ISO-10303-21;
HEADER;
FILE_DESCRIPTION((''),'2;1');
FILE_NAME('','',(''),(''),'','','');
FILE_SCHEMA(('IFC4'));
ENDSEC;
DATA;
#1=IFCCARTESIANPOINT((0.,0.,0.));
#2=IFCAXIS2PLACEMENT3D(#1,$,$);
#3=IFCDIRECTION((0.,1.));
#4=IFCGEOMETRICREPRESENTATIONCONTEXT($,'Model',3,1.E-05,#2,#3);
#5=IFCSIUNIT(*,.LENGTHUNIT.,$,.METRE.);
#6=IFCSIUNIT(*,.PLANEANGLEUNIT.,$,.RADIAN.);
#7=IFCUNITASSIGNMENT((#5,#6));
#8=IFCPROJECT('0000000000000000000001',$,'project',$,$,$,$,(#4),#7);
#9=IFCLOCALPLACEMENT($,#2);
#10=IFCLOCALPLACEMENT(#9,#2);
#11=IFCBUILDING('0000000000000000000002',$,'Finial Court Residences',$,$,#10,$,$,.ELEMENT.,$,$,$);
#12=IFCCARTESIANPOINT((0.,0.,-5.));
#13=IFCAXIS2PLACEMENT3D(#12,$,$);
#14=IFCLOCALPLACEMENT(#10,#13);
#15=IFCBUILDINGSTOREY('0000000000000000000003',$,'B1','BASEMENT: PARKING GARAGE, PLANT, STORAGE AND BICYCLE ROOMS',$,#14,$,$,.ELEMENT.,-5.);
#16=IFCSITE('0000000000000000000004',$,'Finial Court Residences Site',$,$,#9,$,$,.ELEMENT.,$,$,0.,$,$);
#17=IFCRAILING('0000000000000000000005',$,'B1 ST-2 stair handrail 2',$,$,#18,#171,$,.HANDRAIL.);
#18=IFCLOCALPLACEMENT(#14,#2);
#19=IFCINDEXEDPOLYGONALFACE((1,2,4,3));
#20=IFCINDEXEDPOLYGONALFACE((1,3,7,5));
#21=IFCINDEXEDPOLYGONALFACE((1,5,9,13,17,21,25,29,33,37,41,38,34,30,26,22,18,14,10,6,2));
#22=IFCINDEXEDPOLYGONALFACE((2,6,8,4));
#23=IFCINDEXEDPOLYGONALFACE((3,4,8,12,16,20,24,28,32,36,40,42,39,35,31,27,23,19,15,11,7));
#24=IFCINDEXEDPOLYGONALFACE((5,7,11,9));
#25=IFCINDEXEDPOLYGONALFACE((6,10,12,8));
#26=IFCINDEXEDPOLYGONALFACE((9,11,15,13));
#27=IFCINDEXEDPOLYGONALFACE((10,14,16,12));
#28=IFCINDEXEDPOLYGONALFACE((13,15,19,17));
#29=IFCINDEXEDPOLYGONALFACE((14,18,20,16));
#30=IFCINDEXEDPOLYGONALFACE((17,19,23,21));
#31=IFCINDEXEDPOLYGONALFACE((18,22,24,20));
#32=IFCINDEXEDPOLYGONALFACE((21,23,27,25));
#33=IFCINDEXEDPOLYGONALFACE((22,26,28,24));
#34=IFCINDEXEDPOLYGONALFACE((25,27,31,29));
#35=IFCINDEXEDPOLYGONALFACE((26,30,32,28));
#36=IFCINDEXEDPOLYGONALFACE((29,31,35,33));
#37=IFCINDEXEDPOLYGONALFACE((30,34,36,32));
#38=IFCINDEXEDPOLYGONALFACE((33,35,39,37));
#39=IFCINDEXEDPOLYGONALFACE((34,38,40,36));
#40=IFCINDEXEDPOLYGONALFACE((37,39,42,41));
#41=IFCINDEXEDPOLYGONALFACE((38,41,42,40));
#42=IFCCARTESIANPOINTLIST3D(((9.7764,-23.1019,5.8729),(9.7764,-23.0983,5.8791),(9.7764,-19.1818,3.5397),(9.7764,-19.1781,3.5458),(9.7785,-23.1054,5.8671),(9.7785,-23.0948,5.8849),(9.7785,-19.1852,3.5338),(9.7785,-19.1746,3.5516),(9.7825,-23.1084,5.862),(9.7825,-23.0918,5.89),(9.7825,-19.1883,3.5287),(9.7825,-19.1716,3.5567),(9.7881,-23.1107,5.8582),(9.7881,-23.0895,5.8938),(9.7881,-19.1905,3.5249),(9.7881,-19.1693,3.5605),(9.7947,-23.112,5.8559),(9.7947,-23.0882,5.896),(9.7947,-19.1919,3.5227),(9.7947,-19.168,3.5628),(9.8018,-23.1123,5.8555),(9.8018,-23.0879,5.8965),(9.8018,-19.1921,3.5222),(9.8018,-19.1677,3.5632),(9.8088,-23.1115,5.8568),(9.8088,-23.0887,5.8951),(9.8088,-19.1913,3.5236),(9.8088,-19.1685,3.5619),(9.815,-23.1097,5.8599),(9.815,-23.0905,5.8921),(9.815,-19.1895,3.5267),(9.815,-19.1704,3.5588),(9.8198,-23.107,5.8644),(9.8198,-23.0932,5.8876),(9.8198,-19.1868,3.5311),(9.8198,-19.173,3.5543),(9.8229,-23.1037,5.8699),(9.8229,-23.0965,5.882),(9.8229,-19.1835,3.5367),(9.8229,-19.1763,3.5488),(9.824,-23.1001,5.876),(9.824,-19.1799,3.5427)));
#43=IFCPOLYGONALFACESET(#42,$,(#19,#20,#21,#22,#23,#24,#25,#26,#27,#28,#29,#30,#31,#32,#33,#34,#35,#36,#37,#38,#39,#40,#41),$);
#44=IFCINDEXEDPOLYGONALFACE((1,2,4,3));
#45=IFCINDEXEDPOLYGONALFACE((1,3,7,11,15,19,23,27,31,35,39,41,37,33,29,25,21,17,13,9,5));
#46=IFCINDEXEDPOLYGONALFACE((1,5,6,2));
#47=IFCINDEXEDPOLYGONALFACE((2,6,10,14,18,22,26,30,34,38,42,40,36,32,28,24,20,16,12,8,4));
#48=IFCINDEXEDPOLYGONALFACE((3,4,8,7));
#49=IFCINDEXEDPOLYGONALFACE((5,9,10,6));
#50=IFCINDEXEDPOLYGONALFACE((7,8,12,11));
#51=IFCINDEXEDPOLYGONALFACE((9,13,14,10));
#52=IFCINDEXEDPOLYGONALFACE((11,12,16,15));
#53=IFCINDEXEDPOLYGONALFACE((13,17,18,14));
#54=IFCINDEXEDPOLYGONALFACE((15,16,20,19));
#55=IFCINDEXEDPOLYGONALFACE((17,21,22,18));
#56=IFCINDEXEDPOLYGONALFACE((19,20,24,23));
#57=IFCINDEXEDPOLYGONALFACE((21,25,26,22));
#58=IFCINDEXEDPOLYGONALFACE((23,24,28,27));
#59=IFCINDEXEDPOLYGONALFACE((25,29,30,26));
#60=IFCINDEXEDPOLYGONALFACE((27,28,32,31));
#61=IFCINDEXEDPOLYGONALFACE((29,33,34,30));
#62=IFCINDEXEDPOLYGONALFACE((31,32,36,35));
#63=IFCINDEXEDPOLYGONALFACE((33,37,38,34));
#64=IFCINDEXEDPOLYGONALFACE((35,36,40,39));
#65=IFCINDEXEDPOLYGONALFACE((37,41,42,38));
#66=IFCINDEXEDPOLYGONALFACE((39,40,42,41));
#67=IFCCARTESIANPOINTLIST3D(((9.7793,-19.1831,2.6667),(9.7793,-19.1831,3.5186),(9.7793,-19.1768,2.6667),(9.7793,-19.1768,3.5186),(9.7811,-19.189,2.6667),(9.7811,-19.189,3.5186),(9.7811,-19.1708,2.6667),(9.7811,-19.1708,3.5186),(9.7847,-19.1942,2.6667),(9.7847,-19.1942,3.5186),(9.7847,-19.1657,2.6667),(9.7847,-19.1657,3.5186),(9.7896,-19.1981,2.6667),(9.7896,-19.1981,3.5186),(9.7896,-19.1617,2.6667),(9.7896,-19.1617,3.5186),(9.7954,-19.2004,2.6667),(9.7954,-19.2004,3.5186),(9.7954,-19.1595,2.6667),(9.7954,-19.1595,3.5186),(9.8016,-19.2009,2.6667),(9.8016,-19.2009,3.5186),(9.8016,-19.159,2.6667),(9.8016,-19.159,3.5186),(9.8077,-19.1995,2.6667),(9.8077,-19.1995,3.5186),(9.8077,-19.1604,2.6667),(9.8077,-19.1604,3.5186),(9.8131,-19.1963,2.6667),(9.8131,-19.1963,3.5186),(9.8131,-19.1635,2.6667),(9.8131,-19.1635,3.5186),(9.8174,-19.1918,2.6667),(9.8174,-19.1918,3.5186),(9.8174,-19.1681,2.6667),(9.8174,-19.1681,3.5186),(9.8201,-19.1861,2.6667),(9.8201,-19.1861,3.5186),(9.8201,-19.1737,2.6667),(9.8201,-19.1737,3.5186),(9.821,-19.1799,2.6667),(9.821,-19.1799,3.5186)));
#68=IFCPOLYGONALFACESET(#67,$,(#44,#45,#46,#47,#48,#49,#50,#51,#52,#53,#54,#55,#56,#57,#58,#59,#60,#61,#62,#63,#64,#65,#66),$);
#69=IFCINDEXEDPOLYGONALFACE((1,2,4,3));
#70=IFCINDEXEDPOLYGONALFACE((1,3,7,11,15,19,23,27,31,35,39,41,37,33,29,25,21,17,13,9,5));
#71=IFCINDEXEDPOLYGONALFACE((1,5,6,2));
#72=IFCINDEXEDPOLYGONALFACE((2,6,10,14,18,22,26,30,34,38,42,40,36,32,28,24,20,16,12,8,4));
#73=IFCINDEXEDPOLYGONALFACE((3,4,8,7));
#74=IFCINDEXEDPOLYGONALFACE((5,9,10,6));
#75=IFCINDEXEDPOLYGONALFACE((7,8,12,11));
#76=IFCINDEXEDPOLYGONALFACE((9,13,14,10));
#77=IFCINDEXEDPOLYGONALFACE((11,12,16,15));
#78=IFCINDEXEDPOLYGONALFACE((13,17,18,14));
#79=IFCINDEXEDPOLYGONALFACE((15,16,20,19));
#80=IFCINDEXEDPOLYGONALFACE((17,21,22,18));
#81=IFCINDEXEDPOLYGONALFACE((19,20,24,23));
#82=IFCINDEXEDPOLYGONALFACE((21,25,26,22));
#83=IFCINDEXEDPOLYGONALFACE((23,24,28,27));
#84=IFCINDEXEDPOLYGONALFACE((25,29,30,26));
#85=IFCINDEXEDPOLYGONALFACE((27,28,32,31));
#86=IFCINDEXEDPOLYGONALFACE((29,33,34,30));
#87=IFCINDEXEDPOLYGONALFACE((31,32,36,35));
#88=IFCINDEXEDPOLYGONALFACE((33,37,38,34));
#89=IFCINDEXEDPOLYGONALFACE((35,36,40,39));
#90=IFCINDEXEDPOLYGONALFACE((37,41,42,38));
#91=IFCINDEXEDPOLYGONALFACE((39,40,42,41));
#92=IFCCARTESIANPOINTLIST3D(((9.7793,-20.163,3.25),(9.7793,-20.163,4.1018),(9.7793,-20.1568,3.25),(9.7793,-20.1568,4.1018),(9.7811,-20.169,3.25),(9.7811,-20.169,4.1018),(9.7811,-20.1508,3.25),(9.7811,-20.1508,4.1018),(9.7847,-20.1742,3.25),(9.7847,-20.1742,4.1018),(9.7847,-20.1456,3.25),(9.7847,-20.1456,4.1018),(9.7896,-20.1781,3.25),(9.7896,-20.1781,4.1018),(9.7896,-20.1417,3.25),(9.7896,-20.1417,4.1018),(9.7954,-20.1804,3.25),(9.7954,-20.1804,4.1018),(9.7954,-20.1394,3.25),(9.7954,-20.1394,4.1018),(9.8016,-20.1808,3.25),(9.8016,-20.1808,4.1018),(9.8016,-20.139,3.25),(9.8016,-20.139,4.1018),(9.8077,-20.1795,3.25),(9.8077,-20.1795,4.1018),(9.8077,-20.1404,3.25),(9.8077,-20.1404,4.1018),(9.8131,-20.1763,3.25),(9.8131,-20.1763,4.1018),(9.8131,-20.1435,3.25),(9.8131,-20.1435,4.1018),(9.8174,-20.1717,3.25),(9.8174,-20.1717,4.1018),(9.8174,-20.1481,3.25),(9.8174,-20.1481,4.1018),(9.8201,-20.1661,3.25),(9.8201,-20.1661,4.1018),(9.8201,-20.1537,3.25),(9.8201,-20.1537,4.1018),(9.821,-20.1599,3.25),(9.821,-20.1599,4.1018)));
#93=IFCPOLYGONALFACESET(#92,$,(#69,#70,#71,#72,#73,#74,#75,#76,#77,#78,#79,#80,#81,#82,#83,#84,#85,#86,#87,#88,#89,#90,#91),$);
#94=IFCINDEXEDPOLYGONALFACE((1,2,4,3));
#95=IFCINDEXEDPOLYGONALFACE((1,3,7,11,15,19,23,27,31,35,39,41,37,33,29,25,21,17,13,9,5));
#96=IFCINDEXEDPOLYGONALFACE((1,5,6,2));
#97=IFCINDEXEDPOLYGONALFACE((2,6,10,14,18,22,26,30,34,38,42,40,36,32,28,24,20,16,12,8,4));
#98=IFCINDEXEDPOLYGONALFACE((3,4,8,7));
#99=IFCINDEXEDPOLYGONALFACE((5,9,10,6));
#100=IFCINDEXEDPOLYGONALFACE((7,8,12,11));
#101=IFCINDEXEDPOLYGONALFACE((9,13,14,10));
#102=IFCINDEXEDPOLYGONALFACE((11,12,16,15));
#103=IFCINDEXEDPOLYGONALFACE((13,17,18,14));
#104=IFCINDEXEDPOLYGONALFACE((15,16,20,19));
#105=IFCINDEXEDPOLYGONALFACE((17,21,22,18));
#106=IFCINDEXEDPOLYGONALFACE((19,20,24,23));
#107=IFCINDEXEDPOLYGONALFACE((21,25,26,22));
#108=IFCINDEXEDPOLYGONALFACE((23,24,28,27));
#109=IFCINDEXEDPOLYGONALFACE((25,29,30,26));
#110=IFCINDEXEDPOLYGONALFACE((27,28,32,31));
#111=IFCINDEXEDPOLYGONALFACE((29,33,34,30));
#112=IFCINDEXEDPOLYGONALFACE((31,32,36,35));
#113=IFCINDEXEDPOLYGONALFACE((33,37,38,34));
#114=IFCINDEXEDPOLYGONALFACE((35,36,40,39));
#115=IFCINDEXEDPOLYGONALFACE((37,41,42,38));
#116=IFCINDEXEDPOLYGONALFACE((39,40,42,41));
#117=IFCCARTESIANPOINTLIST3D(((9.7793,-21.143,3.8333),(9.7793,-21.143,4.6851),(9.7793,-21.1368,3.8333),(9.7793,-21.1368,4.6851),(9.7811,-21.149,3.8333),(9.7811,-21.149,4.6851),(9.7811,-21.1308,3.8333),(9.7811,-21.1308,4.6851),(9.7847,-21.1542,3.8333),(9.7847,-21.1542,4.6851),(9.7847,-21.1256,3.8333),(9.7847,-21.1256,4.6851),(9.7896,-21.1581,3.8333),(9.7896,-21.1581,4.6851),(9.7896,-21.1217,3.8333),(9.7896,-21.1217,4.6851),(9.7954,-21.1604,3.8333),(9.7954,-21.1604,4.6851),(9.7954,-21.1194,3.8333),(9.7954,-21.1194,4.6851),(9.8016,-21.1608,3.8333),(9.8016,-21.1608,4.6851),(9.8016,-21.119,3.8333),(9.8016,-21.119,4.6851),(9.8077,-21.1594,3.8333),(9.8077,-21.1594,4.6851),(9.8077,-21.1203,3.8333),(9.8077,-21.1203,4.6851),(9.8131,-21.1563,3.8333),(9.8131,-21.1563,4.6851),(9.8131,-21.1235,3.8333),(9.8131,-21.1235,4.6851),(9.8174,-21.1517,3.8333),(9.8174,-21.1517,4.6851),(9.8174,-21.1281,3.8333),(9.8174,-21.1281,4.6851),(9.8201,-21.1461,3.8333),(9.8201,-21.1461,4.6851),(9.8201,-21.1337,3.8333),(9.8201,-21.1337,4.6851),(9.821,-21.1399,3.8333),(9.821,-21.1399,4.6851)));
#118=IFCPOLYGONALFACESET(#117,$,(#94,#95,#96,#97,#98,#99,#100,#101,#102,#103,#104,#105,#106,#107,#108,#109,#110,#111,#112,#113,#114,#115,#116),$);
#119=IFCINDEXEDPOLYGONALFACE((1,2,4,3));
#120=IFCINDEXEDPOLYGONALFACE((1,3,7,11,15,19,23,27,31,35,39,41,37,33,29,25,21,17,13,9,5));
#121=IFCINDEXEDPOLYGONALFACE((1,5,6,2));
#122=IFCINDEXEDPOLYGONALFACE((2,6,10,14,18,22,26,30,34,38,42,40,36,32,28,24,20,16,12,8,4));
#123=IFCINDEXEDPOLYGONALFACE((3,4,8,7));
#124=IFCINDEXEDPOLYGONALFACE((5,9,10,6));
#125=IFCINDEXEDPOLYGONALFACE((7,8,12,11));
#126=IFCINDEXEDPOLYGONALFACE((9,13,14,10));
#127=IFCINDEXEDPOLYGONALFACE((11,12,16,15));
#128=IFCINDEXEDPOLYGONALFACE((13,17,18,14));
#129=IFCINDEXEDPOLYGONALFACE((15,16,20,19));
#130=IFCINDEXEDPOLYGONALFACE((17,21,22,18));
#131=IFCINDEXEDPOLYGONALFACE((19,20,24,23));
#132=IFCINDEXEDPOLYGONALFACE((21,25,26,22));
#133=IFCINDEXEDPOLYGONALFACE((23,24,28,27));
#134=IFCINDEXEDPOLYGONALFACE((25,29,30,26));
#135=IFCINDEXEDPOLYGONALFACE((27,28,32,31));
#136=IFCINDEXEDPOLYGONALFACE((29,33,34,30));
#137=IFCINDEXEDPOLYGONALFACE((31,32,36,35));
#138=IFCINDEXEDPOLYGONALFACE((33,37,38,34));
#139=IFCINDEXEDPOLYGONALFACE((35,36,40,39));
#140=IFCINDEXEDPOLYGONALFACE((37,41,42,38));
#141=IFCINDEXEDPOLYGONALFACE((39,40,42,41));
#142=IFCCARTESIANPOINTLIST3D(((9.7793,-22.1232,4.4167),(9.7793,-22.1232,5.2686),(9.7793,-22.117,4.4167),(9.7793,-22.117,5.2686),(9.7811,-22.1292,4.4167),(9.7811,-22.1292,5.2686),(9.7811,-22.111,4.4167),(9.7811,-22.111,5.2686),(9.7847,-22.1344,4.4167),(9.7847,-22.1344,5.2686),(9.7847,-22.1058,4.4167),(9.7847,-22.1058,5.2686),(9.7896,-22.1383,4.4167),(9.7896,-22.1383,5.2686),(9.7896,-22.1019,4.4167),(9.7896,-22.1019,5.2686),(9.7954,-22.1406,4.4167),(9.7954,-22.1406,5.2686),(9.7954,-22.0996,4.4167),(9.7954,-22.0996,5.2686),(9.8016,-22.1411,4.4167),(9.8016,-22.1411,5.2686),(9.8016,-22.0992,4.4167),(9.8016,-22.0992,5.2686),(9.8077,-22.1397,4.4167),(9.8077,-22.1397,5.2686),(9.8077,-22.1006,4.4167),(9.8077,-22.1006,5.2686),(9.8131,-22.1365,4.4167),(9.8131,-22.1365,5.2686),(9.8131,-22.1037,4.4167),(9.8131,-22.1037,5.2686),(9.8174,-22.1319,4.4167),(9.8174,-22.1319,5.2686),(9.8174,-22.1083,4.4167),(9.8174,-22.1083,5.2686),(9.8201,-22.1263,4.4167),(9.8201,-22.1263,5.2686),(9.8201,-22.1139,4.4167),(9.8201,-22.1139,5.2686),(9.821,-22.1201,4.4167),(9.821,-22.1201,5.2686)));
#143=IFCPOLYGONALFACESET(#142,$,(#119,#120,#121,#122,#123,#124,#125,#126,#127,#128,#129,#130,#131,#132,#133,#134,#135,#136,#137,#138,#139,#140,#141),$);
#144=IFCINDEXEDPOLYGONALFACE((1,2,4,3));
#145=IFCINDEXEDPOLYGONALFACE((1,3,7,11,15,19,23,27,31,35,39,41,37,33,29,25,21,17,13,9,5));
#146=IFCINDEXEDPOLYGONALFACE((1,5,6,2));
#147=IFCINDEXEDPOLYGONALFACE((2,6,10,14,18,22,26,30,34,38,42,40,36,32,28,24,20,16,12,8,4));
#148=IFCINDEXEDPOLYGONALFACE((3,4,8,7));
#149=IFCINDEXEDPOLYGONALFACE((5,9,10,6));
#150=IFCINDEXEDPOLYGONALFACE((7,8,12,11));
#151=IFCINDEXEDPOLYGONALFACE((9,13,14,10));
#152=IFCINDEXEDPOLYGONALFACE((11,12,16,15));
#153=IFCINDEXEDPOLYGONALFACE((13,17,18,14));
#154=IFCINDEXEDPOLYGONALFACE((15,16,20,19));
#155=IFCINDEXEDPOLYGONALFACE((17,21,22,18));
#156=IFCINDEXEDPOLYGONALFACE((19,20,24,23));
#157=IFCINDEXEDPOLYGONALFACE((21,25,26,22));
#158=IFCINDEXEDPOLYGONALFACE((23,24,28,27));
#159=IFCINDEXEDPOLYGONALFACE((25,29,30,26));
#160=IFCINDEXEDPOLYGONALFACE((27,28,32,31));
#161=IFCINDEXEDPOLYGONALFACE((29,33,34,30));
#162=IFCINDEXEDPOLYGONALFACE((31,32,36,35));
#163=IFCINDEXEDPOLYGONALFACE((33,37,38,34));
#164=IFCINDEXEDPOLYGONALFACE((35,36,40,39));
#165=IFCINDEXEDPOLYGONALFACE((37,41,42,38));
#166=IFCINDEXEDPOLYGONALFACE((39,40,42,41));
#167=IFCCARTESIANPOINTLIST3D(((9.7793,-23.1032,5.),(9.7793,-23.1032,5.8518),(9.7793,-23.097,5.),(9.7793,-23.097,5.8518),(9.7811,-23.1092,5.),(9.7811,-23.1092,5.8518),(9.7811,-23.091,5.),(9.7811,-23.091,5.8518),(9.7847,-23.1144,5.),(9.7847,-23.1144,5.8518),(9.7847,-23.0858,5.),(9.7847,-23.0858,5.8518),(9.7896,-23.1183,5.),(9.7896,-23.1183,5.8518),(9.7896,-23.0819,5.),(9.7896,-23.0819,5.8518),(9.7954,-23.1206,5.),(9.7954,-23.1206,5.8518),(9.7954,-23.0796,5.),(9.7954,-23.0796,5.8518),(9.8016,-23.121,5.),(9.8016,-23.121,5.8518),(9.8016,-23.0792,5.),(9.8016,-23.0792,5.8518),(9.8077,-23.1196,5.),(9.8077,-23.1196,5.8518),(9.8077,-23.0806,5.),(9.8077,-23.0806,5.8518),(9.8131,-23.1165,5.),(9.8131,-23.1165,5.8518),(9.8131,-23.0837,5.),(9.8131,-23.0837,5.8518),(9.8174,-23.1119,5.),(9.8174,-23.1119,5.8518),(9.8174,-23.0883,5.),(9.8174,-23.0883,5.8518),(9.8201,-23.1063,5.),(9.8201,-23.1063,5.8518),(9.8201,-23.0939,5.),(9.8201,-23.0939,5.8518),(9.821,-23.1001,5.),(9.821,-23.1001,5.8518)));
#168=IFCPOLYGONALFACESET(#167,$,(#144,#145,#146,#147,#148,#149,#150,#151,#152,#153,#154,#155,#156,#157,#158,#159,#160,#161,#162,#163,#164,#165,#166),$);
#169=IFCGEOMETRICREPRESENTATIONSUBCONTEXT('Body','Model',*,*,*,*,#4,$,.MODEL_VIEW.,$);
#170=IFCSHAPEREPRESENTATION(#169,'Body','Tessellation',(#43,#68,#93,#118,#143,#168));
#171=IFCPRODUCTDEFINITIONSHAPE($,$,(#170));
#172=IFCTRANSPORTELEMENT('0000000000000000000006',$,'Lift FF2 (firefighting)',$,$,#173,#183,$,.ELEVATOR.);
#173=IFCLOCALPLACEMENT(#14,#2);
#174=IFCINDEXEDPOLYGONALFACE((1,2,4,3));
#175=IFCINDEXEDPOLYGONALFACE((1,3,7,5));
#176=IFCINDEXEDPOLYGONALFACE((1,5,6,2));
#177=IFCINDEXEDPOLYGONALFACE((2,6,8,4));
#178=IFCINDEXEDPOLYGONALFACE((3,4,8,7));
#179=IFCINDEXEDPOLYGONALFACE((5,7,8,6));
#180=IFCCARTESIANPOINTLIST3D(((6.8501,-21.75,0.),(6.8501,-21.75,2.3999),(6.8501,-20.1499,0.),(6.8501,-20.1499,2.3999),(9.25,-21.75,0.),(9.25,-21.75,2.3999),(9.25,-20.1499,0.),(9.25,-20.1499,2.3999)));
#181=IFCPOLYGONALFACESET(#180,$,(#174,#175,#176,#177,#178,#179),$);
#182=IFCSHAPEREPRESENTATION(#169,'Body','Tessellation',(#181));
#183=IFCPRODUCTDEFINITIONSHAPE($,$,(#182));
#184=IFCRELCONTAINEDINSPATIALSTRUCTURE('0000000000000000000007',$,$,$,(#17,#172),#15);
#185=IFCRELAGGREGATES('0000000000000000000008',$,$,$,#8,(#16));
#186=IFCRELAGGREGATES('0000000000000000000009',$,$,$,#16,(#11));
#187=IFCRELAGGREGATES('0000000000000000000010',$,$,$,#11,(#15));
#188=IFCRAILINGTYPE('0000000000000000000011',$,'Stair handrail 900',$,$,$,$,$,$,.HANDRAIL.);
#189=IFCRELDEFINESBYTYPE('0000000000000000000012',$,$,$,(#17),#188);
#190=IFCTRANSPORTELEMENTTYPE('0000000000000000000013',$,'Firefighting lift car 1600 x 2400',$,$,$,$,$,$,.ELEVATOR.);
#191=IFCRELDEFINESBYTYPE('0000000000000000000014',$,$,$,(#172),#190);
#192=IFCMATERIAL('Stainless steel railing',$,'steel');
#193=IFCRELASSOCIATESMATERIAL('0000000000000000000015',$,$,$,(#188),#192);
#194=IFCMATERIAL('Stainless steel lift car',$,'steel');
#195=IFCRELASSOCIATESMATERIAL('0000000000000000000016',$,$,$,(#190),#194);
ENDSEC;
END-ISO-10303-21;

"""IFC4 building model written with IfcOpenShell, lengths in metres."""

from ifc_helpers import new_model, si_unit, direction, frame, origin, origin_2d, place, context, subcontext, project, spatial, rectangle, circle, extrude, material, type_object, element, save


model = new_model("IFC4")

# Units and contexts
model_context = context("Model", 3, precision=1e-05, world=origin(), true_north=direction((0.0, 1.0)))
body_context = subcontext(model_context, "Body", "Model", "MODEL_VIEW")
ifc_project = project(units=[si_unit("LENGTHUNIT", "METRE"), si_unit("PLANEANGLEUNIT", "RADIAN")], contexts=[model_context])

# Site, building, storey
site_placement = place(None, origin())
site = spatial("IfcSite", under=ifc_project, at=site_placement, Name="Finial Court Residences Site", CompositionType="ELEMENT", RefElevation=0.0)
building_placement = place(site_placement, origin())
building = spatial("IfcBuilding", under=site, at=building_placement, Name="Finial Court Residences", CompositionType="ELEMENT")
storey_placement = place(building_placement, frame((0.0, 0.0, -5.0)))
storey = spatial("IfcBuildingStorey", under=building, at=storey_placement, Name="B1", Description="BASEMENT: PARKING GARAGE, PLANT, STORAGE AND BICYCLE ROOMS", CompositionType="ELEMENT", Elevation=-5.0)

# Railing
ifc_material_1 = material(Name="Stainless steel railing", Category="steel")
railing_type = type_object("IfcRailingType", Name="Stair handrail 900", PredefinedType="HANDRAIL", material=ifc_material_1)
railing_placement = place(storey_placement, frame((9.8, -19.1799, 2.6667)))
element("IfcRailing", 1, at=railing_placement, inside=storey, type_object=railing_type, Name="B1 ST-2 stair handrail 2", PredefinedType="HANDRAIL", context=body_context, shape_type="SweptSolid", body=[
    extrude(circle(Radius=0.0239, at=origin_2d()), frame((0.0, 0.0, 0.876), z_axis=(0.0, -0.85931, 0.511455), x_axis=(1.0, 0.0, 0.0)), (0.0, 0.0, 1.0), 4.562),
    extrude(circle(Radius=0.021, at=origin_2d()), origin(), (0.0, 0.0, 1.0), 0.8518),
    extrude(circle(Radius=0.021, at=origin_2d()), frame((0.0, -0.98, 0.5833)), (0.0, 0.0, 1.0), 0.8518),
    extrude(circle(Radius=0.021, at=origin_2d()), frame((0.0, -1.96, 1.1665)), (0.0, 0.0, 1.0), 0.8518),
    extrude(circle(Radius=0.021, at=origin_2d()), frame((0.0, -2.9402, 1.75)), (0.0, 0.0, 1.0), 0.8518),
    extrude(circle(Radius=0.021, at=origin_2d()), frame((0.0, -3.9202, 2.3333)), (0.0, 0.0, 1.0), 0.8518),
])

# Transport element
ifc_material_2 = material(Name="Stainless steel lift car", Category="steel")
transport_element_type = type_object("IfcTransportElementType", Name="Firefighting lift car 1600 x 2400", PredefinedType="ELEVATOR", material=ifc_material_2)
transport_element_placement = place(storey_placement, frame((8.05, -20.95, 0.0), z_axis=(0.0, 0.0, 1.0), x_axis=(1.0, 0.0, 0.0)))
element("IfcTransportElement", 2, at=transport_element_placement, inside=storey, type_object=transport_element_type, Name="Lift FF2 (firefighting)", PredefinedType="ELEVATOR", context=body_context, shape_type="SweptSolid", body=[
    extrude(rectangle(XDim=2.3999, YDim=1.6001, at=origin_2d()), origin(), (0.0, 0.0, 1.0), 2.3999),
])

save(model, "model.ifc")
